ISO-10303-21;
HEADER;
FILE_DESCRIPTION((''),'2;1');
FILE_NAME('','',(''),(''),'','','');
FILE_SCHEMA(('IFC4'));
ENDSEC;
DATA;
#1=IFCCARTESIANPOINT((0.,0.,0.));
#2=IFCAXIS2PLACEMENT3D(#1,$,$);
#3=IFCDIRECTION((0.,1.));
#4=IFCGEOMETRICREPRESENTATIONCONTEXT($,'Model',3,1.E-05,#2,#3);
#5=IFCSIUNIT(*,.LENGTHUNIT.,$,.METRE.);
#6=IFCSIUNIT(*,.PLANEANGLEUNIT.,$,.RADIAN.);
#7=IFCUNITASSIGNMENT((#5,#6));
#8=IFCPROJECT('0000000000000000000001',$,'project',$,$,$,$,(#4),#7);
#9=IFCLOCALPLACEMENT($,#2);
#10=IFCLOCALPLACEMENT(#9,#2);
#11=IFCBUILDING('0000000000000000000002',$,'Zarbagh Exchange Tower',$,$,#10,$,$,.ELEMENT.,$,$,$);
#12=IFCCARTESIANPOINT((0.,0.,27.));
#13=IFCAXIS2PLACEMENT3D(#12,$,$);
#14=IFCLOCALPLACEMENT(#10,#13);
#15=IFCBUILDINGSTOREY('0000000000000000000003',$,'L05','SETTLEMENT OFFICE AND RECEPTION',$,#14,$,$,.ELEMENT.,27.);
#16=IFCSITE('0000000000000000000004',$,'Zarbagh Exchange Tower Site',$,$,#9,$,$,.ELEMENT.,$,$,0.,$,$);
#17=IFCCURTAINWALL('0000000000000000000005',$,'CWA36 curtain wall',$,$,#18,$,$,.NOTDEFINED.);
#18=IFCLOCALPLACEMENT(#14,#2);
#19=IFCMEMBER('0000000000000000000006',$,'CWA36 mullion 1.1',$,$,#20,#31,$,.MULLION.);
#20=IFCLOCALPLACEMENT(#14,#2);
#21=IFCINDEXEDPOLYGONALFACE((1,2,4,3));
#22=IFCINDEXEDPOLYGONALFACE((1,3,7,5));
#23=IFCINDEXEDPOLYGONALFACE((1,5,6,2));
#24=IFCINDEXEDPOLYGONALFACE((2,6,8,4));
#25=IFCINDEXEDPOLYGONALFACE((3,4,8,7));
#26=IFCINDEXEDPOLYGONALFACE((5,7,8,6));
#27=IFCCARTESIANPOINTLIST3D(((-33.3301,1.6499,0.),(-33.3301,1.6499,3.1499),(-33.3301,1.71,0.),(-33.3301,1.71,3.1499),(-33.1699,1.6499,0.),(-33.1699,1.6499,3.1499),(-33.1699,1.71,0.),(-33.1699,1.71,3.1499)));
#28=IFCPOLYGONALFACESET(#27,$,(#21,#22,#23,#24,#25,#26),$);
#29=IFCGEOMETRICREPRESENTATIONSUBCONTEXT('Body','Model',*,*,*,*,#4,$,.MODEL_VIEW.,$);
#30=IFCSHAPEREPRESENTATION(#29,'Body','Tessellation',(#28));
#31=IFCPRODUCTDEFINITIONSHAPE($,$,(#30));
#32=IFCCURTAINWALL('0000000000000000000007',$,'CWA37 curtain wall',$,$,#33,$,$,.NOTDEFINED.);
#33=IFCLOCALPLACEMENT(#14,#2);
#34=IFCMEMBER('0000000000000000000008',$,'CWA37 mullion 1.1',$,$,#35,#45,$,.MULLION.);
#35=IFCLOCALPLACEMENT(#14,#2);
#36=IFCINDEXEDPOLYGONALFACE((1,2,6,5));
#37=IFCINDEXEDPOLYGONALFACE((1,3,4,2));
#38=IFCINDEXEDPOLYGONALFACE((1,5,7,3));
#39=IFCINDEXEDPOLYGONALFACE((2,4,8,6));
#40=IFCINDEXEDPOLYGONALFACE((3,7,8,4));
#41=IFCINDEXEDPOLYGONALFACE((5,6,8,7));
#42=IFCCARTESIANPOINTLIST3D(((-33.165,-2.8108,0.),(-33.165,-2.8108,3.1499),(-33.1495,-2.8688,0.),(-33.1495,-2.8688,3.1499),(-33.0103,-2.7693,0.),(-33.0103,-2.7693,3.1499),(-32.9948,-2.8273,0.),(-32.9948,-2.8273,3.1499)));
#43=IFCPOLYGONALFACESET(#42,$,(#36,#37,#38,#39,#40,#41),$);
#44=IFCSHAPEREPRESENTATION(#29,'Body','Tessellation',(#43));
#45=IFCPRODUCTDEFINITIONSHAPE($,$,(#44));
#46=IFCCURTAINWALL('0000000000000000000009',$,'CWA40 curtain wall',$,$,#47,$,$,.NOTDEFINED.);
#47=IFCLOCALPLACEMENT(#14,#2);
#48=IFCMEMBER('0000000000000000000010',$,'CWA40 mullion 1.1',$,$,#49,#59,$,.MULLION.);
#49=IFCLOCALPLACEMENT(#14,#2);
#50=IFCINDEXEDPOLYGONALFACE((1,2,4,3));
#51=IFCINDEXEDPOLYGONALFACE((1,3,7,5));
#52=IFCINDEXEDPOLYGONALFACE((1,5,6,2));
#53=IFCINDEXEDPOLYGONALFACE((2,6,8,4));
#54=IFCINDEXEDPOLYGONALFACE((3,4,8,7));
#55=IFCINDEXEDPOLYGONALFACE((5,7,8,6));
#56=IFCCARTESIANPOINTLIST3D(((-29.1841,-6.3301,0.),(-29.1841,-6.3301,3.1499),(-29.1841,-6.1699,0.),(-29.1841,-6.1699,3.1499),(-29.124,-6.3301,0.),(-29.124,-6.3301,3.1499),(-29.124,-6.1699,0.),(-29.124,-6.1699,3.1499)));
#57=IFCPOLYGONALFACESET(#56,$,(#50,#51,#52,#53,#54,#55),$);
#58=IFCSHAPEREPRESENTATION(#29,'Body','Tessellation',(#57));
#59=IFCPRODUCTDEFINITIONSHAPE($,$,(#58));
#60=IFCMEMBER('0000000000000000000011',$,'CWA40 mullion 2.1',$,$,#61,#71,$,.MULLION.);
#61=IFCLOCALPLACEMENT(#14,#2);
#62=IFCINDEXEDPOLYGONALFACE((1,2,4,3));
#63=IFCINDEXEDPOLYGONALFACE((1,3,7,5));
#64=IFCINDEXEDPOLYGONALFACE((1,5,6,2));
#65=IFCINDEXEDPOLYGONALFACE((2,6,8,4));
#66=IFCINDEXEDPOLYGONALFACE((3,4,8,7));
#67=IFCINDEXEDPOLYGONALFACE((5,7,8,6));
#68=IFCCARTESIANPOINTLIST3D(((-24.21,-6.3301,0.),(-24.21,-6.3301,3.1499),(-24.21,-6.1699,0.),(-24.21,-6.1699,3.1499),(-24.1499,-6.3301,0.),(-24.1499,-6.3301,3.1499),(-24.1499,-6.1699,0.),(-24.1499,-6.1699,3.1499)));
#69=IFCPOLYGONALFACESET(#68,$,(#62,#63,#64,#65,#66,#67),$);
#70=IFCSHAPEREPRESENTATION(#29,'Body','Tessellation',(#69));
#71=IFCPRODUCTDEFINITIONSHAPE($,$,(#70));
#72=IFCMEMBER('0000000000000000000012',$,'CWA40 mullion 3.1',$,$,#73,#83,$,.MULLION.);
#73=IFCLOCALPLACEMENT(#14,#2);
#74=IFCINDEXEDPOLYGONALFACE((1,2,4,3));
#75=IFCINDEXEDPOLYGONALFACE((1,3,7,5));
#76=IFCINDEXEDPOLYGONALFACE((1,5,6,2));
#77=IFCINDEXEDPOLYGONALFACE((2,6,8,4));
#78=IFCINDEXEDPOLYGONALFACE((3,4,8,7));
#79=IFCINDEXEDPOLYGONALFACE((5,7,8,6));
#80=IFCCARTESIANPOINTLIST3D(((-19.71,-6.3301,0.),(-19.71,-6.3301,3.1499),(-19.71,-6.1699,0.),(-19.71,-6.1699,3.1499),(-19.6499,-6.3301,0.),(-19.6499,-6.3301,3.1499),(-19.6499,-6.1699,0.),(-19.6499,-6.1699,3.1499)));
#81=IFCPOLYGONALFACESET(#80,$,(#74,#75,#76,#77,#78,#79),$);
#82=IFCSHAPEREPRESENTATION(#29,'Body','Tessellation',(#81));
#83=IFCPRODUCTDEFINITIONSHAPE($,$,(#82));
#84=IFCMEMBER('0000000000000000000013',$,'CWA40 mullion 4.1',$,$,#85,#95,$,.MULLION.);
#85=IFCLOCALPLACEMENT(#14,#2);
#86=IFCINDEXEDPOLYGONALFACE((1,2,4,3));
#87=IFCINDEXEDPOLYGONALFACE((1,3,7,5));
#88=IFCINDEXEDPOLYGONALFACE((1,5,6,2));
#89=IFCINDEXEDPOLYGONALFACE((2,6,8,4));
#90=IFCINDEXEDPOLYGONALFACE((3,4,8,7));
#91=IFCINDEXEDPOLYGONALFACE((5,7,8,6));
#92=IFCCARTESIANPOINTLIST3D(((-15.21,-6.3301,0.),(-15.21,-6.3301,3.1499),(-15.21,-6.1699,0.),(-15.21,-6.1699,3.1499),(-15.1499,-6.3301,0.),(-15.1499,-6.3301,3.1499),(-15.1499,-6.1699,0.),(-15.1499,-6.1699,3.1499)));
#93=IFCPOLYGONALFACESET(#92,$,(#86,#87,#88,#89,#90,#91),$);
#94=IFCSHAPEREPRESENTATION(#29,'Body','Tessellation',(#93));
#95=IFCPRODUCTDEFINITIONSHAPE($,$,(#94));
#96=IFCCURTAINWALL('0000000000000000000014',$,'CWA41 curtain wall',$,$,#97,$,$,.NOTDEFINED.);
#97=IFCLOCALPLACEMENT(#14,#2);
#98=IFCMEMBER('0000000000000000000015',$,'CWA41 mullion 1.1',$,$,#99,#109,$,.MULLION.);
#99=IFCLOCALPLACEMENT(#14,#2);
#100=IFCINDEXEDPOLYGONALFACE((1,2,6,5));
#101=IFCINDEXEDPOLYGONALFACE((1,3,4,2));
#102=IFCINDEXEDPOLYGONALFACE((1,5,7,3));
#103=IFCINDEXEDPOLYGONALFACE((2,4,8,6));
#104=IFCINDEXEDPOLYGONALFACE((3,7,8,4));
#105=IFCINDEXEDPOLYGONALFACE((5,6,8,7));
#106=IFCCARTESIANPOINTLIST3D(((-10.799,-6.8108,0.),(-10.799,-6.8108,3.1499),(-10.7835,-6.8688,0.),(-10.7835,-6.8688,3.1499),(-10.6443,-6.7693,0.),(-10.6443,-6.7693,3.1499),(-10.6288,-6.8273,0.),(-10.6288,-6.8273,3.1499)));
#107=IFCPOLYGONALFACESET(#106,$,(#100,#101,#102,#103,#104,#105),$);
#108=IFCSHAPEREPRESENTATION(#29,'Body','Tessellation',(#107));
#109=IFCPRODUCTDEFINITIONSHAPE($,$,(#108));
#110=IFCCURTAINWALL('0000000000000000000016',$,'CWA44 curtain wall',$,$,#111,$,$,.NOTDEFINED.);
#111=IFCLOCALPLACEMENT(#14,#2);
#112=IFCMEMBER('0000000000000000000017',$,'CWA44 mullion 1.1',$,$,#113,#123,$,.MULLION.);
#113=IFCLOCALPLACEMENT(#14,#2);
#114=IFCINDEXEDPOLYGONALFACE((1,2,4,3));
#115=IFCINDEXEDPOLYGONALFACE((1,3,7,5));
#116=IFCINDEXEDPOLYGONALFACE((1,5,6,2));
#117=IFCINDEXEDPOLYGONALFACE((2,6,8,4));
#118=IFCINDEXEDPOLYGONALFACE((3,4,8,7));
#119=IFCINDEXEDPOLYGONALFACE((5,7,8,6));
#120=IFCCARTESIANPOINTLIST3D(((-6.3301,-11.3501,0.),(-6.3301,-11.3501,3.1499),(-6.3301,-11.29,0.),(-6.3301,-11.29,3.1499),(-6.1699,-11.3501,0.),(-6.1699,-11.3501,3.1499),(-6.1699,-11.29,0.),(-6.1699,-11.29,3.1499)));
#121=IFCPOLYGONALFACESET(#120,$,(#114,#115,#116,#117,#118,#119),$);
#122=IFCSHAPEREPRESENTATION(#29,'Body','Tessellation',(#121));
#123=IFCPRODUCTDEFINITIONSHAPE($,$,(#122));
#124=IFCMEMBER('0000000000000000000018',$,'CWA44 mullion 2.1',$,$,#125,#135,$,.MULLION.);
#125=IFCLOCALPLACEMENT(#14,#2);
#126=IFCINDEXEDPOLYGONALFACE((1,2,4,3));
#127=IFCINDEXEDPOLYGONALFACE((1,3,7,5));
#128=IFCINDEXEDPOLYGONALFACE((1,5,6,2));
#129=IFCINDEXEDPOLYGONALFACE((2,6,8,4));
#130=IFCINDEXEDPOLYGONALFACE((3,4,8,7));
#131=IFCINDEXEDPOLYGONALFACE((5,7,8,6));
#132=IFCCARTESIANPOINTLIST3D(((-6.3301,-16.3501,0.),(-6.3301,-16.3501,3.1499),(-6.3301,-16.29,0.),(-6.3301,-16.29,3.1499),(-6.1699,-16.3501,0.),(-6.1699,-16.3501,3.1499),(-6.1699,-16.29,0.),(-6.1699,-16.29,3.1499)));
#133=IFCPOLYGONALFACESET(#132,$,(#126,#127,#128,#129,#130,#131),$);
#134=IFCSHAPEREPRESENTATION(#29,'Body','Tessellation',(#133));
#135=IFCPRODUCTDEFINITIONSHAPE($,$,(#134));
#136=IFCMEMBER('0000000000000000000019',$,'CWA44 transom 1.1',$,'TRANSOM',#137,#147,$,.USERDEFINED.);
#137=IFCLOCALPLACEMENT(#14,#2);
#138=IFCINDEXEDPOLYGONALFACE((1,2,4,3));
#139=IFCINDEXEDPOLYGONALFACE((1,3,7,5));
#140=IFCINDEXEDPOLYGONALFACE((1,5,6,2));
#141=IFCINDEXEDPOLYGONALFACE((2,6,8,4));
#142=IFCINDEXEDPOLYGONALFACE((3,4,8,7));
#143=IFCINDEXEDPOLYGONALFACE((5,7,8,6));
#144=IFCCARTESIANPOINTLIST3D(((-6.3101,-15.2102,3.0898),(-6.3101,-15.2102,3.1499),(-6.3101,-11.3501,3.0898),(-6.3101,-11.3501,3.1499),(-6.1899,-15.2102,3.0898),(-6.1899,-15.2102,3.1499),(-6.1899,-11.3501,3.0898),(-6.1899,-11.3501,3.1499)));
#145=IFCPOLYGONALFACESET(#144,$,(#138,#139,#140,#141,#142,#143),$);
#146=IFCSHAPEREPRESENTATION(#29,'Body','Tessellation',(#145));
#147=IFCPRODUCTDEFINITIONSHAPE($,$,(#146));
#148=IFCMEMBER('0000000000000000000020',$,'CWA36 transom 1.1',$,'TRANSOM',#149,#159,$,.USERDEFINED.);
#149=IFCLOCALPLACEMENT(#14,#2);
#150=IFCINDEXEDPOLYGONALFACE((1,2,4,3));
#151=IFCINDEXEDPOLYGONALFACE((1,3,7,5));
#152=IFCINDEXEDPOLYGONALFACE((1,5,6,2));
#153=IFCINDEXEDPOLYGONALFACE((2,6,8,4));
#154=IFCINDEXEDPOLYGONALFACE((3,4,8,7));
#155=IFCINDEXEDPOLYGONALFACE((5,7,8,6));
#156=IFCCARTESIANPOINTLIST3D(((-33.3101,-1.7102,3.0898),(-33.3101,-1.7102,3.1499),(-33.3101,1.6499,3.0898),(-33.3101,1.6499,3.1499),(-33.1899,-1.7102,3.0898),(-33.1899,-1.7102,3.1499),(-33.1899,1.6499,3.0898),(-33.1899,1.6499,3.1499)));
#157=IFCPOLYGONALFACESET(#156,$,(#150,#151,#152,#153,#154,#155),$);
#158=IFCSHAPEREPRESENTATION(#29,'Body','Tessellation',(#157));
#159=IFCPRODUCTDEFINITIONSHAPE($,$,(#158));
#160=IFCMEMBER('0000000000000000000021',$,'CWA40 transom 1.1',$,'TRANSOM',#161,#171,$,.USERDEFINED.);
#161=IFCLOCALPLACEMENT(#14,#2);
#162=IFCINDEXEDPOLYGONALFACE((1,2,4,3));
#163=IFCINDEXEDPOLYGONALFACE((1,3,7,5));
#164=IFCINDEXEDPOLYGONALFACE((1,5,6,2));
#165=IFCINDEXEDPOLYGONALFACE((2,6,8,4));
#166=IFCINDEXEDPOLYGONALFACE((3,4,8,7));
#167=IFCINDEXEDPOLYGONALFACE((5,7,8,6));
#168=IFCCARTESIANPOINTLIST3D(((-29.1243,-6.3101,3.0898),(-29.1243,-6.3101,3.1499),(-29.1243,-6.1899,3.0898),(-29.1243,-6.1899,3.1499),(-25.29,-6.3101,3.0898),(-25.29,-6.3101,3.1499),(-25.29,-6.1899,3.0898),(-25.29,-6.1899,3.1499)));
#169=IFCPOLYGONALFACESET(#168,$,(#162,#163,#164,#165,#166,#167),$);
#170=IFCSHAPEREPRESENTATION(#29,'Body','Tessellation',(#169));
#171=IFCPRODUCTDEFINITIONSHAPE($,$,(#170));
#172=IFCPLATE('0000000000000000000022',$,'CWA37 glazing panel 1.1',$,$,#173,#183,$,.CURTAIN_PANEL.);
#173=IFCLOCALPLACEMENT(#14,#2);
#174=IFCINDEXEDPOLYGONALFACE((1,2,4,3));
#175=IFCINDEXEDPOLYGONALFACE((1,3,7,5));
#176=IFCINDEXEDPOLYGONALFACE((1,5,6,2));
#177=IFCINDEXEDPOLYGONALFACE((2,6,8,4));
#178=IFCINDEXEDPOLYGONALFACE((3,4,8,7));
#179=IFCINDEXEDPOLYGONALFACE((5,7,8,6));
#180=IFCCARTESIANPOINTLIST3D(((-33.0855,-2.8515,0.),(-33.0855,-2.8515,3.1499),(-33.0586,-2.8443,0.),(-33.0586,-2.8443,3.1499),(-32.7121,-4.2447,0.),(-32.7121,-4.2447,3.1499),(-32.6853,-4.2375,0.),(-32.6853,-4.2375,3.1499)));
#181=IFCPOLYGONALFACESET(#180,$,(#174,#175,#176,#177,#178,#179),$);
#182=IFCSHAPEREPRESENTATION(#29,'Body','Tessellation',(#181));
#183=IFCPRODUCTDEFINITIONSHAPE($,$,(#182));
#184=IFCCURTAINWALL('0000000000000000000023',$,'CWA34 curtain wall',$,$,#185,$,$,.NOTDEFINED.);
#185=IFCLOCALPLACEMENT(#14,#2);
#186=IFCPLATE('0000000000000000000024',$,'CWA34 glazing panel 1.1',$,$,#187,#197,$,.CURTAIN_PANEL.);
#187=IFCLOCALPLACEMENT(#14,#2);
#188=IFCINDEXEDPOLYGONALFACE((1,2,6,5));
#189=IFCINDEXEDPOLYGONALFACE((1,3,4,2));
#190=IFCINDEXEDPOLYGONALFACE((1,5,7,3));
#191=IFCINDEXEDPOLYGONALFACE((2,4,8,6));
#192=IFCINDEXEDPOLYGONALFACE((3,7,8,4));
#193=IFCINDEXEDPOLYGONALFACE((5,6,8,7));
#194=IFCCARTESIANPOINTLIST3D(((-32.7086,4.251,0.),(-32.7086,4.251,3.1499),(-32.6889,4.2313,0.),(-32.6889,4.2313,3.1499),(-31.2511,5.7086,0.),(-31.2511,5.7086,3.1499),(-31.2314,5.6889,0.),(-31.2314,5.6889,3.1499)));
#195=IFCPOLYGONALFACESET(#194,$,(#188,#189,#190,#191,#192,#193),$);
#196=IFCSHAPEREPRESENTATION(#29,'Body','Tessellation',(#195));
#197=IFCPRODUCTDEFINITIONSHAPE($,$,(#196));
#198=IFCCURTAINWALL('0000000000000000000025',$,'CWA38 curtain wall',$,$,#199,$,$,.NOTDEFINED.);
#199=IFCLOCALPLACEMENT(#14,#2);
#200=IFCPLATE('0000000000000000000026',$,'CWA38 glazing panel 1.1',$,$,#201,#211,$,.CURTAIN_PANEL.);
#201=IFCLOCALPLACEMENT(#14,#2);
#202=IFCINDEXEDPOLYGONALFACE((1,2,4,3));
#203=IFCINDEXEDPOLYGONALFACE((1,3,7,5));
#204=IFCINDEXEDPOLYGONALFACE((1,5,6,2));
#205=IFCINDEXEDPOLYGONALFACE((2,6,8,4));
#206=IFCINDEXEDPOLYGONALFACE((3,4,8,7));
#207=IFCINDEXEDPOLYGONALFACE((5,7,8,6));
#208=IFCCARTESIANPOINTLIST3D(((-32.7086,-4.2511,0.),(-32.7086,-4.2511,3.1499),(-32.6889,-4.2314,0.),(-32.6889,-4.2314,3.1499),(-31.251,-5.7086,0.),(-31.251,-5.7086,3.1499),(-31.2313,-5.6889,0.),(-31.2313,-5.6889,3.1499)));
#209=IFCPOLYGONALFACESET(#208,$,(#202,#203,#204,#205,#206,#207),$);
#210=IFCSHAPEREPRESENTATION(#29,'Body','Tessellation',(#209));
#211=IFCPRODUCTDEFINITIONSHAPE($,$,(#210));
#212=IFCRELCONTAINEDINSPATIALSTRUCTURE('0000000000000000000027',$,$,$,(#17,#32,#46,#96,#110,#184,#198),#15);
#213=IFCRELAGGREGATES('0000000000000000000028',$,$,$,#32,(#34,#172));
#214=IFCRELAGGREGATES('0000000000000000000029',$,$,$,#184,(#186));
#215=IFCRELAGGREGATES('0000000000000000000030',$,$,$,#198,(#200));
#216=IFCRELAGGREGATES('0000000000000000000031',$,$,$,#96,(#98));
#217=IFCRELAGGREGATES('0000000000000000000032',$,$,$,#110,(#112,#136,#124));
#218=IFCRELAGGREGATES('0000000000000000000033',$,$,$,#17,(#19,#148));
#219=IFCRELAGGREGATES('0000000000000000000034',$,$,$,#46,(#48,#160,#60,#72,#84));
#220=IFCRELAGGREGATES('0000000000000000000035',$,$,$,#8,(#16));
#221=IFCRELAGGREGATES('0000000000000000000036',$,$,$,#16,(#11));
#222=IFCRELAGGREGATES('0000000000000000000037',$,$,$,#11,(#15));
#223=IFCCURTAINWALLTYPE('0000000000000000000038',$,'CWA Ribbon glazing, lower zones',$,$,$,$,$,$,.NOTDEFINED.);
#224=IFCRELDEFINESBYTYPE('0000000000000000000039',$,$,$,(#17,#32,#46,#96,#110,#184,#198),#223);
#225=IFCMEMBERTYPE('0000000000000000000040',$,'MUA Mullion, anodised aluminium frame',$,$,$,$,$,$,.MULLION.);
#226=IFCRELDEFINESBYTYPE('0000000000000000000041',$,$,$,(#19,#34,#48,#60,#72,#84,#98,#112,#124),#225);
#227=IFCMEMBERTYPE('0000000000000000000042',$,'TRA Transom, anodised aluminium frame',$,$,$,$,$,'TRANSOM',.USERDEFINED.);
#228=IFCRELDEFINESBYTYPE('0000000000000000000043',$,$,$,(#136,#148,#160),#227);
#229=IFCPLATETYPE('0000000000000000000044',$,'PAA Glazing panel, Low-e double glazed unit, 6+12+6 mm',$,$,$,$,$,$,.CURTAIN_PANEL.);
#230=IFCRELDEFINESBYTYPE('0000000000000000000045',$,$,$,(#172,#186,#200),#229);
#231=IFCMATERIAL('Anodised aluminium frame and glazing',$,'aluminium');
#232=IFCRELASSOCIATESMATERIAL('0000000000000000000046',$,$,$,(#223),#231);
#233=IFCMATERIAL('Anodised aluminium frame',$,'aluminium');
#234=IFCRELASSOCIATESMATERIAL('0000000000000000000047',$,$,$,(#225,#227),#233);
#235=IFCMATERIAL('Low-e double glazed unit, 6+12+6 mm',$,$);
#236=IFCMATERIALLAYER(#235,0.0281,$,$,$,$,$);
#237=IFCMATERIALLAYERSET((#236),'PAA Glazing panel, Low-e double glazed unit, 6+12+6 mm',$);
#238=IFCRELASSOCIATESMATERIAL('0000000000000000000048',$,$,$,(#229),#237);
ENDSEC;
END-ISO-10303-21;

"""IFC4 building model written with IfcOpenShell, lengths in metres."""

from ifc_helpers import new_model, si_unit, direction, frame, origin, place, context, subcontext, project, spatial, polyline, outline, extrude, source, transform, mapped, material, layer, layer_set, type_object, element, aggregate, save


model = new_model("IFC4")

# Units and contexts
model_context = context("Model", 3, precision=1e-05, world=origin(), true_north=direction((0.0, 1.0)))
body_context = subcontext(model_context, "Body", "Model", "MODEL_VIEW")
ifc_project = project(units=[si_unit("LENGTHUNIT", "METRE"), si_unit("PLANEANGLEUNIT", "RADIAN")], contexts=[model_context])

# Site, building, storey
site_placement = place(None, origin())
site = spatial("IfcSite", under=ifc_project, at=site_placement, Name="Zarbagh Exchange Tower Site", CompositionType="ELEMENT", RefElevation=0.0)
building_placement = place(site_placement, origin())
building = spatial("IfcBuilding", under=site, at=building_placement, Name="Zarbagh Exchange Tower", CompositionType="ELEMENT")
storey_placement = place(building_placement, frame((0.0, 0.0, 27.0)))
storey = spatial("IfcBuildingStorey", under=building, at=storey_placement, Name="L05", Description="SETTLEMENT OFFICE AND RECEPTION", CompositionType="ELEMENT", Elevation=27.0)

# Curtain walls, members
ifc_material_1 = material(Name="Anodised aluminium frame and glazing", Category="aluminium")
curtain_wall_type = type_object("IfcCurtainWallType", Name="CWA Ribbon glazing, lower zones", PredefinedType="NOTDEFINED", material=ifc_material_1)
curtain_wall_1_placement = place(storey_placement, origin())
curtain_wall_1 = element("IfcCurtainWall", 1, at=curtain_wall_1_placement, inside=storey, type_object=curtain_wall_type, Name="CWA36 curtain wall", PredefinedType="NOTDEFINED")
ifc_material_2 = material(Name="Anodised aluminium frame", Category="aluminium")
member_type_1 = type_object("IfcMemberType", Name="MUA Mullion, anodised aluminium frame", PredefinedType="MULLION", material=ifc_material_2)
shared_shape_1 = source(origin(), body_context, "Body", "SweptSolid", [
    extrude(outline(polyline([(0.0, -0.0801), (0.0601, -0.0801), (0.0601, 0.0801), (0.0, 0.0801), (0.0, -0.0801)])), origin(), (0.0, 0.0, 1.0), 3.1499),
])
placement = place(storey_placement, origin())
member_1 = element("IfcMember", 2, at=placement, type_object=member_type_1, Name="CWA36 mullion 1.1", PredefinedType="MULLION", context=body_context, shape_type="MappedRepresentation", body=[
    mapped(shared_shape_1, transform((-33.25, 1.71, 0.0), x_axis=(0.0, -1.0, 0.0), y_axis=(1.0, 0.0, 0.0), z_axis=(0.0, 0.0, 1.0))),
])
curtain_wall_2_placement = place(storey_placement, origin())
curtain_wall_2 = element("IfcCurtainWall", 3, at=curtain_wall_2_placement, inside=storey, type_object=curtain_wall_type, Name="CWA37 curtain wall", PredefinedType="NOTDEFINED")
member_2 = element("IfcMember", 4, at=placement, type_object=member_type_1, Name="CWA37 mullion 1.1", PredefinedType="MULLION", context=body_context, shape_type="MappedRepresentation", body=[
    mapped(shared_shape_1, transform((-33.0876, -2.79, 0.0), x_axis=(0.258825, -0.965924, 0.0), y_axis=(0.965924, 0.258825, 0.0), z_axis=(0.0, 0.0, 1.0))),
])

# Curtain wall, members
curtain_wall_3_placement = place(storey_placement, origin())
curtain_wall_3 = element("IfcCurtainWall", 5, at=curtain_wall_3_placement, inside=storey, type_object=curtain_wall_type, Name="CWA40 curtain wall", PredefinedType="NOTDEFINED")
member_3 = element("IfcMember", 6, at=placement, type_object=member_type_1, Name="CWA40 mullion 1.1", PredefinedType="MULLION", context=body_context, shape_type="MappedRepresentation", body=[
    mapped(shared_shape_1, transform((-29.1841, -6.25, 0.0), x_axis=(1.0, 0.0, 0.0), y_axis=(0.0, 1.0, 0.0), z_axis=(0.0, 0.0, 1.0))),
])
member_4 = element("IfcMember", 7, at=placement, type_object=member_type_1, Name="CWA40 mullion 2.1", PredefinedType="MULLION", context=body_context, shape_type="MappedRepresentation", body=[
    mapped(shared_shape_1, transform((-24.21, -6.25, 0.0), x_axis=(1.0, 0.0, 0.0), y_axis=(0.0, 1.0, 0.0), z_axis=(0.0, 0.0, 1.0))),
])
member_5 = element("IfcMember", 8, at=placement, type_object=member_type_1, Name="CWA40 mullion 3.1", PredefinedType="MULLION", context=body_context, shape_type="MappedRepresentation", body=[
    mapped(shared_shape_1, transform((-19.71, -6.25, 0.0), x_axis=(1.0, 0.0, 0.0), y_axis=(0.0, 1.0, 0.0), z_axis=(0.0, 0.0, 1.0))),
])
member_6 = element("IfcMember", 9, at=placement, type_object=member_type_1, Name="CWA40 mullion 4.1", PredefinedType="MULLION", context=body_context, shape_type="MappedRepresentation", body=[
    mapped(shared_shape_1, transform((-15.21, -6.25, 0.0), x_axis=(1.0, 0.0, 0.0), y_axis=(0.0, 1.0, 0.0), z_axis=(0.0, 0.0, 1.0))),
])

# Curtain wall, member
curtain_wall_4_placement = place(storey_placement, origin())
curtain_wall_4 = element("IfcCurtainWall", 10, at=curtain_wall_4_placement, inside=storey, type_object=curtain_wall_type, Name="CWA41 curtain wall", PredefinedType="NOTDEFINED")
member_7 = element("IfcMember", 11, at=placement, type_object=member_type_1, Name="CWA41 mullion 1.1", PredefinedType="MULLION", context=body_context, shape_type="MappedRepresentation", body=[
    mapped(shared_shape_1, transform((-10.7217, -6.79, 0.0), x_axis=(0.258825, -0.965924, 0.0), y_axis=(0.965924, 0.258825, 0.0), z_axis=(0.0, 0.0, 1.0))),
])

# Curtain wall, members
curtain_wall_5_placement = place(storey_placement, origin())
curtain_wall_5 = element("IfcCurtainWall", 12, at=curtain_wall_5_placement, inside=storey, type_object=curtain_wall_type, Name="CWA44 curtain wall", PredefinedType="NOTDEFINED")
member_8 = element("IfcMember", 13, at=placement, type_object=member_type_1, Name="CWA44 mullion 1.1", PredefinedType="MULLION", context=body_context, shape_type="MappedRepresentation", body=[
    mapped(shared_shape_1, transform((-6.25, -11.29, 0.0), x_axis=(0.0, -1.0, 0.0), y_axis=(1.0, 0.0, 0.0), z_axis=(0.0, 0.0, 1.0))),
])
member_9 = element("IfcMember", 14, at=placement, type_object=member_type_1, Name="CWA44 mullion 2.1", PredefinedType="MULLION", context=body_context, shape_type="MappedRepresentation", body=[
    mapped(shared_shape_1, transform((-6.25, -16.29, 0.0), x_axis=(0.0, -1.0, 0.0), y_axis=(1.0, 0.0, 0.0), z_axis=(0.0, 0.0, 1.0))),
])
member_type_2 = type_object("IfcMemberType", Name="TRA Transom, anodised aluminium frame", ElementType="TRANSOM", PredefinedType="USERDEFINED", material=ifc_material_2)
shared_shape_2 = source(origin(), body_context, "Body", "SweptSolid", [
    extrude(outline(polyline([(-0.0601, -0.0601), (0.0, -0.0601), (0.0, 0.0601), (-0.0601, 0.0601), (-0.0601, -0.0601)])), origin(), (0.0, 0.0, 1.0), 3.8601),
])
member_10 = element("IfcMember", 15, at=placement, type_object=member_type_2, Name="CWA44 transom 1.1", ObjectType="TRANSOM", PredefinedType="USERDEFINED", context=body_context, shape_type="MappedRepresentation", body=[
    mapped(shared_shape_2, transform((-6.25, -11.3501, 3.1499), x_axis=(0.0, 0.0, 1.0), y_axis=(-1.0, 0.0, 0.0), z_axis=(0.0, -1.0, 0.0))),
])

# Members
shared_shape_3 = source(origin(), body_context, "Body", "SweptSolid", [
    extrude(outline(polyline([(-0.0601, -0.0601), (0.0, -0.0601), (0.0, 0.0601), (-0.0601, 0.0601), (-0.0601, -0.0601)])), origin(), (0.0, 0.0, 1.0), 3.3601),
])
member_11 = element("IfcMember", 16, at=placement, type_object=member_type_2, Name="CWA36 transom 1.1", ObjectType="TRANSOM", PredefinedType="USERDEFINED", context=body_context, shape_type="MappedRepresentation", body=[
    mapped(shared_shape_3, transform((-33.25, 1.6499, 3.1499), x_axis=(0.0, 0.0, 1.0), y_axis=(-1.0, 0.0, 0.0), z_axis=(0.0, -1.0, 0.0))),
])
shared_shape_4 = source(origin(), body_context, "Body", "SweptSolid", [
    extrude(outline(polyline([(-0.0601, -0.0601), (0.0, -0.0601), (0.0, 0.0601), (-0.0601, 0.0601), (-0.0601, -0.0601)])), origin(), (0.0, 0.0, 1.0), 3.8342),
])
member_12 = element("IfcMember", 17, at=placement, type_object=member_type_2, Name="CWA40 transom 1.1", ObjectType="TRANSOM", PredefinedType="USERDEFINED", context=body_context, shape_type="MappedRepresentation", body=[
    mapped(shared_shape_4, transform((-29.1243, -6.25, 3.1499), x_axis=(0.0, 0.0, 1.0), y_axis=(0.0, -1.0, 0.0), z_axis=(1.0, 0.0, 0.0))),
])

# Plate
ifc_material_3 = material(Name="Low-e double glazed unit, 6+12+6 mm")
ifc_layer = layer(ifc_material_3, 0.0281)
ifc_layer_set = layer_set([ifc_layer], Name="PAA Glazing panel, Low-e double glazed unit, 6+12+6 mm")
plate_type = type_object("IfcPlateType", Name="PAA Glazing panel, Low-e double glazed unit, 6+12+6 mm", PredefinedType="CURTAIN_PANEL", material=ifc_layer_set)
shared_shape_5 = source(origin(), body_context, "Body", "SweptSolid", [
    extrude(outline(polyline([(0.0, -0.0139), (1.4424, -0.0139), (1.4424, 0.0139), (0.0, 0.0139), (0.0, -0.0139)])), origin(), (0.0, 0.0, 1.0), 3.1499),
])
plate_1 = element("IfcPlate", 18, at=placement, type_object=plate_type, Name="CWA37 glazing panel 1.1", PredefinedType="CURTAIN_PANEL", context=body_context, shape_type="MappedRepresentation", body=[
    mapped(shared_shape_5, transform((-33.072, -2.8479, 0.0), x_axis=(0.258825, -0.965924, 0.0), y_axis=(0.965924, 0.258825, 0.0), z_axis=(0.0, 0.0, 1.0))),
])
aggregate(curtain_wall_2, [member_2, plate_1])

# Curtain walls, plates
curtain_wall_6_placement = place(storey_placement, origin())
curtain_wall_6 = element("IfcCurtainWall", 19, at=curtain_wall_6_placement, inside=storey, type_object=curtain_wall_type, Name="CWA34 curtain wall", PredefinedType="NOTDEFINED")
shared_shape_6 = source(origin(), body_context, "Body", "SweptSolid", [
    extrude(outline(polyline([(0.0, -0.0139), (2.0613, -0.0139), (2.0613, 0.0139), (0.0, 0.0139), (0.0, -0.0139)])), origin(), (0.0, 0.0, 1.0), 3.1499),
])
plate_2 = element("IfcPlate", 20, at=placement, type_object=plate_type, Name="CWA34 glazing panel 1.1", PredefinedType="CURTAIN_PANEL", context=body_context, shape_type="MappedRepresentation", body=[
    mapped(shared_shape_6, transform((-31.2412, 5.6987, 0.0), x_axis=(-0.707107, -0.707107, 0.0), y_axis=(0.707107, -0.707107, 0.0), z_axis=(0.0, 0.0, 1.0))),
])
aggregate(curtain_wall_6, [plate_2])
curtain_wall_7_placement = place(storey_placement, origin())
curtain_wall_7 = element("IfcCurtainWall", 21, at=curtain_wall_7_placement, inside=storey, type_object=curtain_wall_type, Name="CWA38 curtain wall", PredefinedType="NOTDEFINED")
plate_3 = element("IfcPlate", 22, at=placement, type_object=plate_type, Name="CWA38 glazing panel 1.1", PredefinedType="CURTAIN_PANEL", context=body_context, shape_type="MappedRepresentation", body=[
    mapped(shared_shape_6, transform((-32.6987, -4.2412, 0.0), x_axis=(0.707107, -0.707107, 0.0), y_axis=(0.707107, 0.707107, 0.0), z_axis=(0.0, 0.0, 1.0))),
])
aggregate(curtain_wall_7, [plate_3])

aggregate(curtain_wall_4, [member_7])

aggregate(curtain_wall_5, [member_8, member_10, member_9])

aggregate(curtain_wall_1, [member_1, member_11])
aggregate(curtain_wall_3, [member_3, member_12, member_4, member_5, member_6])

save(model, "model.ifc")
